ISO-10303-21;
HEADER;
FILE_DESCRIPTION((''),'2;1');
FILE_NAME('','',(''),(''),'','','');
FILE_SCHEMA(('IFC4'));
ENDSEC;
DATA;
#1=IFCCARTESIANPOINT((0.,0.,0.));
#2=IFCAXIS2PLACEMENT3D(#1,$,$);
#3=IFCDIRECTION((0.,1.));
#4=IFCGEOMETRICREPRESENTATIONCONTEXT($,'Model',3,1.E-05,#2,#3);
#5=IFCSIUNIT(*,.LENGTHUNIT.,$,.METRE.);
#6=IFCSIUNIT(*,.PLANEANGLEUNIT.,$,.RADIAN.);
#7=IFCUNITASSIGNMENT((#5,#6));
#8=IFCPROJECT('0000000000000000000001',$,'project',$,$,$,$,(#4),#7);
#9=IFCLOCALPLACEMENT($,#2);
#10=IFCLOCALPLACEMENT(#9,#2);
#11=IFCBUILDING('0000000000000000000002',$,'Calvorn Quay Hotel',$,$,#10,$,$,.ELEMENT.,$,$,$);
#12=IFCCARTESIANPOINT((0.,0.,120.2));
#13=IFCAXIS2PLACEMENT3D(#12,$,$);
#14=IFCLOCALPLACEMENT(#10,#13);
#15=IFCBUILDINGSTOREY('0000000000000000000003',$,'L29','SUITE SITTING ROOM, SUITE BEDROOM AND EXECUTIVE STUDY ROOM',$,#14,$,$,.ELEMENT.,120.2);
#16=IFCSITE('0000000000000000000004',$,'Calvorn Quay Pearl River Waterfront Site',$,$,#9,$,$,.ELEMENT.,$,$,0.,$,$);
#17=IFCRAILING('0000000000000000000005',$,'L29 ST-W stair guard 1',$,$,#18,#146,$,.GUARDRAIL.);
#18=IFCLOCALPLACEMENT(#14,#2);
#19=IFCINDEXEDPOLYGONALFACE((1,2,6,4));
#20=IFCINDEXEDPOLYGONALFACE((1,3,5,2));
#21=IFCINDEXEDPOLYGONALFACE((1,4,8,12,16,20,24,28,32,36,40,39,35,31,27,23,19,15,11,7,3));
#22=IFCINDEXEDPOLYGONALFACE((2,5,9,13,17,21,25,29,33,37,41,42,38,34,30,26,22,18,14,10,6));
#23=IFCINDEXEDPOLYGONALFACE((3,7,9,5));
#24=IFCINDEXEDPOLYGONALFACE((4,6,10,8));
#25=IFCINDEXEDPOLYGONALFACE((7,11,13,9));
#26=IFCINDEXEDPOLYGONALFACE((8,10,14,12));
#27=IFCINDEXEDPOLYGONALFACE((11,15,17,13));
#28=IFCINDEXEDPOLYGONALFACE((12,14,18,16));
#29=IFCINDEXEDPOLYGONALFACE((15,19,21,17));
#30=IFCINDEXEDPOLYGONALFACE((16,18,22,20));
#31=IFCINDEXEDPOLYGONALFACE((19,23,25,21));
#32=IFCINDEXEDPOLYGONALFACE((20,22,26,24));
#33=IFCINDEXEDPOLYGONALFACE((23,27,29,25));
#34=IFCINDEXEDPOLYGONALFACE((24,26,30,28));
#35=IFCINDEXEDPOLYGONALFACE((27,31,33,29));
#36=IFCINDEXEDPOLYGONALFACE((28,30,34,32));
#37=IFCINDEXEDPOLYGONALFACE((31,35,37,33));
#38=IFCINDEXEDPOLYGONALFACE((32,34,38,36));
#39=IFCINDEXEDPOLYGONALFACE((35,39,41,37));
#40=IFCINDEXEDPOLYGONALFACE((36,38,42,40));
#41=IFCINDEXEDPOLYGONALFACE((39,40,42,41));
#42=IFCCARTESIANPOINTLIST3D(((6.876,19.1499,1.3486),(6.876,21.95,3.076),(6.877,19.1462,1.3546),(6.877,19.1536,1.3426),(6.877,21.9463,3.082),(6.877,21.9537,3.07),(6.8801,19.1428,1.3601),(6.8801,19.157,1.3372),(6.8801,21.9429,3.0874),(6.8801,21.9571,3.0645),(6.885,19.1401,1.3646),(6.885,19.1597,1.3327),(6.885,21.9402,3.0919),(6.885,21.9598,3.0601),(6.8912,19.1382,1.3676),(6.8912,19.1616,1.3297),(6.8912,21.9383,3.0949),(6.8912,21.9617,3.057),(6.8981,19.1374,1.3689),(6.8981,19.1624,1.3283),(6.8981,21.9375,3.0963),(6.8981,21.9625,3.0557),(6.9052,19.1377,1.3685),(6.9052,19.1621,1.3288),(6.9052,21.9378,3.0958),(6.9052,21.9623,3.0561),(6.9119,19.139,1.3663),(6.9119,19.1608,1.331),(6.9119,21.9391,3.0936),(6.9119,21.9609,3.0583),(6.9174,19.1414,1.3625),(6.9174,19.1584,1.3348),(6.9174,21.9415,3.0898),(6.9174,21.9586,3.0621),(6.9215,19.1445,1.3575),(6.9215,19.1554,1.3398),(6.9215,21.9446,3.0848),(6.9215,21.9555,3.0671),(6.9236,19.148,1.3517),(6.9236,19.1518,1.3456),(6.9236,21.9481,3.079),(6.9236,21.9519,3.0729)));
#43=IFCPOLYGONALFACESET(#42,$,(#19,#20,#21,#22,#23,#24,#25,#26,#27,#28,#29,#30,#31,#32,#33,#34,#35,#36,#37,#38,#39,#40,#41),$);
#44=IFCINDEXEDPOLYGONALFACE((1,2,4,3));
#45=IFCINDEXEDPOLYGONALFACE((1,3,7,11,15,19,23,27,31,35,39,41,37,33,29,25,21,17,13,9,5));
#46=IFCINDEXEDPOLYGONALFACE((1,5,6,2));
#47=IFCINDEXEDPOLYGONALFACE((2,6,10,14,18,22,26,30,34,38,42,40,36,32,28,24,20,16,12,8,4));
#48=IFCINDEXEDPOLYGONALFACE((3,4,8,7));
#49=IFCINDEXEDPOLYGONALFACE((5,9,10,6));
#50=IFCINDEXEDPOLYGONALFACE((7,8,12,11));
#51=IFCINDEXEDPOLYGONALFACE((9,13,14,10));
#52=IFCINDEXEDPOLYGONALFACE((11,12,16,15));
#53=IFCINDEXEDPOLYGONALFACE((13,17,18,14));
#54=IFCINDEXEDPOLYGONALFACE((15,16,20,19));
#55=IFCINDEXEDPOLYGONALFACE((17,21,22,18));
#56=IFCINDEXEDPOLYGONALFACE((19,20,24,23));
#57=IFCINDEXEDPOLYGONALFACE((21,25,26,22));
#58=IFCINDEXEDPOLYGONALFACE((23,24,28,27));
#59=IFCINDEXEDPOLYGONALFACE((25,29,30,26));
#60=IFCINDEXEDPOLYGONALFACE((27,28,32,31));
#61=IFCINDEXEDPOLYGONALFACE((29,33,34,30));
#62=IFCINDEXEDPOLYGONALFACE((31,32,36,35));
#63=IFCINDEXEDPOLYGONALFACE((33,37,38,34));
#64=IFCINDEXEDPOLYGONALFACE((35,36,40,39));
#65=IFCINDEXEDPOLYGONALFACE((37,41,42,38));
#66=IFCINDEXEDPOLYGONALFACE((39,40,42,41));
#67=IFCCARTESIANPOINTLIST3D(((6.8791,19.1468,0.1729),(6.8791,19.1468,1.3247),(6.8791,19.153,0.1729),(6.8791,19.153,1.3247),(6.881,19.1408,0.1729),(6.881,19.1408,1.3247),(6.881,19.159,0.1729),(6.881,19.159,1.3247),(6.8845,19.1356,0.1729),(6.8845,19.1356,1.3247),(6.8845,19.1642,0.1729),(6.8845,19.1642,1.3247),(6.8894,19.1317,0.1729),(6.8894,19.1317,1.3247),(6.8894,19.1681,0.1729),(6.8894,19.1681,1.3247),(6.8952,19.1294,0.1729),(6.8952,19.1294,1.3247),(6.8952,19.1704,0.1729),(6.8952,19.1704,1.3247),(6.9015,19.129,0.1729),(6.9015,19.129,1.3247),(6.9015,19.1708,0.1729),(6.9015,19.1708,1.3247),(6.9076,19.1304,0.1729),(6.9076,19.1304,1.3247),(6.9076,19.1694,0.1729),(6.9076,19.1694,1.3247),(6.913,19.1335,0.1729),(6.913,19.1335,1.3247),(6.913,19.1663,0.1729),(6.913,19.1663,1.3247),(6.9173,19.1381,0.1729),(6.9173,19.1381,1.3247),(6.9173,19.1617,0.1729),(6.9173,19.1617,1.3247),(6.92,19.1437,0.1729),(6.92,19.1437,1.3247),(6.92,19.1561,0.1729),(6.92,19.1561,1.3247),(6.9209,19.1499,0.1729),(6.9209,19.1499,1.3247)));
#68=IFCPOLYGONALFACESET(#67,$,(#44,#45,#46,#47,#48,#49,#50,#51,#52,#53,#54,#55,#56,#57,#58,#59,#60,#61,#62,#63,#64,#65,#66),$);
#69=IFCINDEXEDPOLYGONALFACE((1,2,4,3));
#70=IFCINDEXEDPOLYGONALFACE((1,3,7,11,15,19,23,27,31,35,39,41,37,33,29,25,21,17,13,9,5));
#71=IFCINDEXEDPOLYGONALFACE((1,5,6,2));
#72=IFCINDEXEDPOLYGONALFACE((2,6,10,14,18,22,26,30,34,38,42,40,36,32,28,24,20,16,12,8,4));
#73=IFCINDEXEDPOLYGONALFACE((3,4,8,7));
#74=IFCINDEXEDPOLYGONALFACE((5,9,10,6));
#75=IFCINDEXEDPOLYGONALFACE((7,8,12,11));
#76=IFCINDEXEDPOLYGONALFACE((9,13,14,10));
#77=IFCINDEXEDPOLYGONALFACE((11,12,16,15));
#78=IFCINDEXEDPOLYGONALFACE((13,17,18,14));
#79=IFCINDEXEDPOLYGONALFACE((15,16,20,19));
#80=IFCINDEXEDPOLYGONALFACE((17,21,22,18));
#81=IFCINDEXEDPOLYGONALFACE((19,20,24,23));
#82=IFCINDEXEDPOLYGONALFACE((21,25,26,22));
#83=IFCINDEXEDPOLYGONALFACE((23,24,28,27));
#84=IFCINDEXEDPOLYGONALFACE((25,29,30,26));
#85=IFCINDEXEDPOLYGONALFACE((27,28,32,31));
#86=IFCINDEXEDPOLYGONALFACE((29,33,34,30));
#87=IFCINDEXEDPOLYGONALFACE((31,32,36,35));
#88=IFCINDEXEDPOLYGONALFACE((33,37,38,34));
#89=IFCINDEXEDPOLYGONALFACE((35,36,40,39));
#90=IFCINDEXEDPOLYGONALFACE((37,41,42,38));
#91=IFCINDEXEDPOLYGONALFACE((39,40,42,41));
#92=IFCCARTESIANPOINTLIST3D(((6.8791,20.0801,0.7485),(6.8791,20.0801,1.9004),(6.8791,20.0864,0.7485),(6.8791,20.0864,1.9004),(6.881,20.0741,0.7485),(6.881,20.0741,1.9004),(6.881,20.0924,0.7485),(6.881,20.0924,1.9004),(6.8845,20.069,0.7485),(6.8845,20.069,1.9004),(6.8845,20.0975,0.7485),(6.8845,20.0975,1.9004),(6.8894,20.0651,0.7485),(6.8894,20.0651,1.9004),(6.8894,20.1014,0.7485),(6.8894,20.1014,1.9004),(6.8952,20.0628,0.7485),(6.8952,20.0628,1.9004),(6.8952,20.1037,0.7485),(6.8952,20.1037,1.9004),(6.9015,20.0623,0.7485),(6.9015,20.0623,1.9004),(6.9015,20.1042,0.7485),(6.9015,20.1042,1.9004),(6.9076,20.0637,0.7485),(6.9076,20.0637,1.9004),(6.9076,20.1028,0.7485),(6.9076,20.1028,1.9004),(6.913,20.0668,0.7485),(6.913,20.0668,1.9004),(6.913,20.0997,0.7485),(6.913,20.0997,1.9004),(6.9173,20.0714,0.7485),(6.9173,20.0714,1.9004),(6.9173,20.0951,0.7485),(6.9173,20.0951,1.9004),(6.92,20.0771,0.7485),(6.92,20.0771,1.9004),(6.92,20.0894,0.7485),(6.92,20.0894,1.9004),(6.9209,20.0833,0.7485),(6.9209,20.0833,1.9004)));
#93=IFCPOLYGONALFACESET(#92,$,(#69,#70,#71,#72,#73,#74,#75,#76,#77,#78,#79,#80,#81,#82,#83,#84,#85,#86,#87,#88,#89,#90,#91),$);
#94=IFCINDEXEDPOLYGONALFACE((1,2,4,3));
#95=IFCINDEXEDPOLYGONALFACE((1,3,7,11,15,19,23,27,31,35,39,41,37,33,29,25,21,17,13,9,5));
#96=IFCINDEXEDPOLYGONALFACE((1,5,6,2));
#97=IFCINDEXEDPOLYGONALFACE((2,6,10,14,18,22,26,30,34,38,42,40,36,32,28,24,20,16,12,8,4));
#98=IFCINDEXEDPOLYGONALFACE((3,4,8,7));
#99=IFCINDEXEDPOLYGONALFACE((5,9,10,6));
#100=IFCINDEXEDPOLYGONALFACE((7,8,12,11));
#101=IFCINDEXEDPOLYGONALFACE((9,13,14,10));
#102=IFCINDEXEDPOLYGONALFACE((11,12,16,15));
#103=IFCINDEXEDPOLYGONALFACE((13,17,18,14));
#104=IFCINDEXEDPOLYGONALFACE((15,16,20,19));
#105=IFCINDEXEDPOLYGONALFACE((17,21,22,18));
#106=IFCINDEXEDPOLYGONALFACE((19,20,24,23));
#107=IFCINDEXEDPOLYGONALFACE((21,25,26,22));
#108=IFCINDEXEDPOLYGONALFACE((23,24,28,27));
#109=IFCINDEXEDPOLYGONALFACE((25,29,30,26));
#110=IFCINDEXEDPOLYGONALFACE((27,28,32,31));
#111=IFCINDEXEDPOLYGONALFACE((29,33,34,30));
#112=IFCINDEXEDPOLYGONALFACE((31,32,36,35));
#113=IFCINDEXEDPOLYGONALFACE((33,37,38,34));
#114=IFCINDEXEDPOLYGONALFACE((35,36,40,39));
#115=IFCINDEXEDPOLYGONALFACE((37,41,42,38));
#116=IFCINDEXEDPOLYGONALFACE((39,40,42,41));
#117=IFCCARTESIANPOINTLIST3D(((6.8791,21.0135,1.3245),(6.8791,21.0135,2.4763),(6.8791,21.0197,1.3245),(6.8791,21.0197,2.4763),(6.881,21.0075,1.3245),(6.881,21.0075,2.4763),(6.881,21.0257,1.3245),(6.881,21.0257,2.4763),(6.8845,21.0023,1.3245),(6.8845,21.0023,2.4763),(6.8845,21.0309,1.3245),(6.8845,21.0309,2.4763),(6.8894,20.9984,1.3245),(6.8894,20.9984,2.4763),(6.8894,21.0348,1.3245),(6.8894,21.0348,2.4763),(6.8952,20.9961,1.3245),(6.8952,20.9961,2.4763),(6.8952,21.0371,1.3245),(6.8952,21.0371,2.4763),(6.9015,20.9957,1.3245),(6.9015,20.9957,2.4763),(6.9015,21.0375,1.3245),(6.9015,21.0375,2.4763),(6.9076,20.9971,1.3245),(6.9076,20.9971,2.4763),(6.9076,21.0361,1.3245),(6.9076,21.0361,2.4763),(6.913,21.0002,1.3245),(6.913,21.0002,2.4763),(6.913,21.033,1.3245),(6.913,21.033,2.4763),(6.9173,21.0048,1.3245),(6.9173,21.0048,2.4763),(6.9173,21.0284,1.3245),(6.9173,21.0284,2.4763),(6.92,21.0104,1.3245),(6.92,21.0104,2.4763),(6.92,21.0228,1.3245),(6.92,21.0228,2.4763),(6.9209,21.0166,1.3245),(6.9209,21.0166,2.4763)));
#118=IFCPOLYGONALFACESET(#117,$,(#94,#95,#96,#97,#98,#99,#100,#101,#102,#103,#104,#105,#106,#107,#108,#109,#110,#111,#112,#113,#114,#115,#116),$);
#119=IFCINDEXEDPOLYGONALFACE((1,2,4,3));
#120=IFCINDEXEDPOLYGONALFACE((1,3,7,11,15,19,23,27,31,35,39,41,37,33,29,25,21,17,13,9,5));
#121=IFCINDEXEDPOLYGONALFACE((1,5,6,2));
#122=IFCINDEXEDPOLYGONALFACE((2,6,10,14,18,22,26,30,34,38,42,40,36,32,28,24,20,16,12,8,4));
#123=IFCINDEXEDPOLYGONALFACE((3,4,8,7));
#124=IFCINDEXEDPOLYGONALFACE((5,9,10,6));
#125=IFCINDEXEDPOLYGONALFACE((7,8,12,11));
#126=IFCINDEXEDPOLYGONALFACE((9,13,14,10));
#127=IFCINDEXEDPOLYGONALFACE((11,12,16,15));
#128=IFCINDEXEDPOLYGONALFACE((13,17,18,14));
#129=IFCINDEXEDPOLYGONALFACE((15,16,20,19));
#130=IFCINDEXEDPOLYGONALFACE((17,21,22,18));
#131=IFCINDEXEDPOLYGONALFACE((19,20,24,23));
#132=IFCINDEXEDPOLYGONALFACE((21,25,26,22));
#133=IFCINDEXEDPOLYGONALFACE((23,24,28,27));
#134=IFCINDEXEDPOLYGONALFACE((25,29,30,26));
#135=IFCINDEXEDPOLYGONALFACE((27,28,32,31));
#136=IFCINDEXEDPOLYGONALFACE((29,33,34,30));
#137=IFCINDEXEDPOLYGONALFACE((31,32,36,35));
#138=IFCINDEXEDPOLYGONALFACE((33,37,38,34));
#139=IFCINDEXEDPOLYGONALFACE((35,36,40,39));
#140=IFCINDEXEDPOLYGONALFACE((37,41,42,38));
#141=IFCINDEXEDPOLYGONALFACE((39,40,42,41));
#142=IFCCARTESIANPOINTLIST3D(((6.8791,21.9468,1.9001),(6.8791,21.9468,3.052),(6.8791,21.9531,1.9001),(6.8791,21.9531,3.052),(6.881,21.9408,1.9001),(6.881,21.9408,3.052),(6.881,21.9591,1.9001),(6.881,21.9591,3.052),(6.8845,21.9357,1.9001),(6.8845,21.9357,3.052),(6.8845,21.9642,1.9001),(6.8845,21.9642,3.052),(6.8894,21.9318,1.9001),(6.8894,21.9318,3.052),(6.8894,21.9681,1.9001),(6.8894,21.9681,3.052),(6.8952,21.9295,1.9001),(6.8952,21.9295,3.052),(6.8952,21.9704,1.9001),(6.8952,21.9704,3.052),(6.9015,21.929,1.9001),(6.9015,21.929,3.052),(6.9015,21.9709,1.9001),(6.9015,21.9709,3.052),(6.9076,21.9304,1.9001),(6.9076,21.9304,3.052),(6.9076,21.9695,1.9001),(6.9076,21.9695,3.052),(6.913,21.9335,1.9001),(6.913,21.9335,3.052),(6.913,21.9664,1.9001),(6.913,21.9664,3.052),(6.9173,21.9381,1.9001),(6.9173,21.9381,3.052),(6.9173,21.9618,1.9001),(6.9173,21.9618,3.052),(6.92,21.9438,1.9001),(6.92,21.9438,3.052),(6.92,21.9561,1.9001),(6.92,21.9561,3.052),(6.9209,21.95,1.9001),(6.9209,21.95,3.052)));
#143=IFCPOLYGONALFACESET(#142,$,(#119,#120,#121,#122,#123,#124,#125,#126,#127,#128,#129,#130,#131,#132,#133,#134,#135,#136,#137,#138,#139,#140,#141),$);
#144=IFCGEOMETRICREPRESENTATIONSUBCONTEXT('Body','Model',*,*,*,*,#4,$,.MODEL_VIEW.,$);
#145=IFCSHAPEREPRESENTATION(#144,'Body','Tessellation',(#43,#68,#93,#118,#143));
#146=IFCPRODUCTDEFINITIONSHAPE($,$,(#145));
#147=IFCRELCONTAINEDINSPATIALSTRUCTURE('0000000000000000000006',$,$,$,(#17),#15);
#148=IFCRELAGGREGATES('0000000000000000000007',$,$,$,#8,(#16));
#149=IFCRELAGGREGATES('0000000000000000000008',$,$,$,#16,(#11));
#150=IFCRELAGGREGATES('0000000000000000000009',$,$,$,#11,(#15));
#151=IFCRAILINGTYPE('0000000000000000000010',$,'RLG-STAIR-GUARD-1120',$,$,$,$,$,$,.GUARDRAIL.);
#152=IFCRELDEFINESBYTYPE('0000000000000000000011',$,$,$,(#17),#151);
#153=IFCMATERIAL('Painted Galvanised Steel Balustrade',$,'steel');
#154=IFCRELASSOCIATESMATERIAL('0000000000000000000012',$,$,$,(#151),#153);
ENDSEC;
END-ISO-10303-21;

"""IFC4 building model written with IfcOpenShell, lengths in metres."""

from ifc_helpers import new_model, si_unit, direction, frame, origin, origin_2d, place, context, subcontext, project, spatial, circle, extrude, material, type_object, element, save


model = new_model("IFC4")

# Units and contexts
model_context = context("Model", 3, precision=1e-05, world=origin(), true_north=direction((0.0, 1.0)))
body_context = subcontext(model_context, "Body", "Model", "MODEL_VIEW")
ifc_project = project(units=[si_unit("LENGTHUNIT", "METRE"), si_unit("PLANEANGLEUNIT", "RADIAN")], contexts=[model_context])

# Site, building, storey
site_placement = place(None, origin())
site = spatial("IfcSite", under=ifc_project, at=site_placement, Name="Calvorn Quay Pearl River Waterfront Site", CompositionType="ELEMENT", RefElevation=0.0)
building_placement = place(site_placement, origin())
building = spatial("IfcBuilding", under=site, at=building_placement, Name="Calvorn Quay Hotel", CompositionType="ELEMENT")
storey_placement = place(building_placement, frame((0.0, 0.0, 120.2)))
storey = spatial("IfcBuildingStorey", under=building, at=storey_placement, Name="L29", Description="SUITE SITTING ROOM, SUITE BEDROOM AND EXECUTIVE STUDY ROOM", CompositionType="ELEMENT", Elevation=120.2)

# Railing
ifc_material_1 = material(Name="Painted Galvanised Steel Balustrade", Category="steel")
railing_type_1 = type_object("IfcRailingType", Name="RLG-STAIR-GUARD-1120", PredefinedType="GUARDRAIL", material=ifc_material_1)
railing_1_placement = place(storey_placement, frame((6.8999, 19.1499, 0.1729)))
element("IfcRailing", 1, at=railing_1_placement, inside=storey, type_object=railing_type_1, Name="L29 ST-W stair guard 1", PredefinedType="GUARDRAIL", context=body_context, shape_type="SweptSolid", body=[
    extrude(circle(Radius=0.0239, at=origin_2d()), frame((0.0, 0.0, 1.1758), z_axis=(0.0, 0.85109, 0.52502), x_axis=(-1.0, 0.0, 0.0)), (0.0, 0.0, 1.0), 3.29),
    extrude(circle(Radius=0.021, at=origin_2d()), origin(), (0.0, 0.0, 1.0), 1.1519),
    extrude(circle(Radius=0.021, at=origin_2d()), frame((0.0, 0.9333, 0.5757)), (0.0, 0.0, 1.0), 1.1519),
    extrude(circle(Radius=0.021, at=origin_2d()), frame((0.0, 1.8667, 1.1516)), (0.0, 0.0, 1.0), 1.1519),
    extrude(circle(Radius=0.021, at=origin_2d()), frame((0.0, 2.8, 1.7273)), (0.0, 0.0, 1.0), 1.1519),
])

save(model, "model.ifc")
